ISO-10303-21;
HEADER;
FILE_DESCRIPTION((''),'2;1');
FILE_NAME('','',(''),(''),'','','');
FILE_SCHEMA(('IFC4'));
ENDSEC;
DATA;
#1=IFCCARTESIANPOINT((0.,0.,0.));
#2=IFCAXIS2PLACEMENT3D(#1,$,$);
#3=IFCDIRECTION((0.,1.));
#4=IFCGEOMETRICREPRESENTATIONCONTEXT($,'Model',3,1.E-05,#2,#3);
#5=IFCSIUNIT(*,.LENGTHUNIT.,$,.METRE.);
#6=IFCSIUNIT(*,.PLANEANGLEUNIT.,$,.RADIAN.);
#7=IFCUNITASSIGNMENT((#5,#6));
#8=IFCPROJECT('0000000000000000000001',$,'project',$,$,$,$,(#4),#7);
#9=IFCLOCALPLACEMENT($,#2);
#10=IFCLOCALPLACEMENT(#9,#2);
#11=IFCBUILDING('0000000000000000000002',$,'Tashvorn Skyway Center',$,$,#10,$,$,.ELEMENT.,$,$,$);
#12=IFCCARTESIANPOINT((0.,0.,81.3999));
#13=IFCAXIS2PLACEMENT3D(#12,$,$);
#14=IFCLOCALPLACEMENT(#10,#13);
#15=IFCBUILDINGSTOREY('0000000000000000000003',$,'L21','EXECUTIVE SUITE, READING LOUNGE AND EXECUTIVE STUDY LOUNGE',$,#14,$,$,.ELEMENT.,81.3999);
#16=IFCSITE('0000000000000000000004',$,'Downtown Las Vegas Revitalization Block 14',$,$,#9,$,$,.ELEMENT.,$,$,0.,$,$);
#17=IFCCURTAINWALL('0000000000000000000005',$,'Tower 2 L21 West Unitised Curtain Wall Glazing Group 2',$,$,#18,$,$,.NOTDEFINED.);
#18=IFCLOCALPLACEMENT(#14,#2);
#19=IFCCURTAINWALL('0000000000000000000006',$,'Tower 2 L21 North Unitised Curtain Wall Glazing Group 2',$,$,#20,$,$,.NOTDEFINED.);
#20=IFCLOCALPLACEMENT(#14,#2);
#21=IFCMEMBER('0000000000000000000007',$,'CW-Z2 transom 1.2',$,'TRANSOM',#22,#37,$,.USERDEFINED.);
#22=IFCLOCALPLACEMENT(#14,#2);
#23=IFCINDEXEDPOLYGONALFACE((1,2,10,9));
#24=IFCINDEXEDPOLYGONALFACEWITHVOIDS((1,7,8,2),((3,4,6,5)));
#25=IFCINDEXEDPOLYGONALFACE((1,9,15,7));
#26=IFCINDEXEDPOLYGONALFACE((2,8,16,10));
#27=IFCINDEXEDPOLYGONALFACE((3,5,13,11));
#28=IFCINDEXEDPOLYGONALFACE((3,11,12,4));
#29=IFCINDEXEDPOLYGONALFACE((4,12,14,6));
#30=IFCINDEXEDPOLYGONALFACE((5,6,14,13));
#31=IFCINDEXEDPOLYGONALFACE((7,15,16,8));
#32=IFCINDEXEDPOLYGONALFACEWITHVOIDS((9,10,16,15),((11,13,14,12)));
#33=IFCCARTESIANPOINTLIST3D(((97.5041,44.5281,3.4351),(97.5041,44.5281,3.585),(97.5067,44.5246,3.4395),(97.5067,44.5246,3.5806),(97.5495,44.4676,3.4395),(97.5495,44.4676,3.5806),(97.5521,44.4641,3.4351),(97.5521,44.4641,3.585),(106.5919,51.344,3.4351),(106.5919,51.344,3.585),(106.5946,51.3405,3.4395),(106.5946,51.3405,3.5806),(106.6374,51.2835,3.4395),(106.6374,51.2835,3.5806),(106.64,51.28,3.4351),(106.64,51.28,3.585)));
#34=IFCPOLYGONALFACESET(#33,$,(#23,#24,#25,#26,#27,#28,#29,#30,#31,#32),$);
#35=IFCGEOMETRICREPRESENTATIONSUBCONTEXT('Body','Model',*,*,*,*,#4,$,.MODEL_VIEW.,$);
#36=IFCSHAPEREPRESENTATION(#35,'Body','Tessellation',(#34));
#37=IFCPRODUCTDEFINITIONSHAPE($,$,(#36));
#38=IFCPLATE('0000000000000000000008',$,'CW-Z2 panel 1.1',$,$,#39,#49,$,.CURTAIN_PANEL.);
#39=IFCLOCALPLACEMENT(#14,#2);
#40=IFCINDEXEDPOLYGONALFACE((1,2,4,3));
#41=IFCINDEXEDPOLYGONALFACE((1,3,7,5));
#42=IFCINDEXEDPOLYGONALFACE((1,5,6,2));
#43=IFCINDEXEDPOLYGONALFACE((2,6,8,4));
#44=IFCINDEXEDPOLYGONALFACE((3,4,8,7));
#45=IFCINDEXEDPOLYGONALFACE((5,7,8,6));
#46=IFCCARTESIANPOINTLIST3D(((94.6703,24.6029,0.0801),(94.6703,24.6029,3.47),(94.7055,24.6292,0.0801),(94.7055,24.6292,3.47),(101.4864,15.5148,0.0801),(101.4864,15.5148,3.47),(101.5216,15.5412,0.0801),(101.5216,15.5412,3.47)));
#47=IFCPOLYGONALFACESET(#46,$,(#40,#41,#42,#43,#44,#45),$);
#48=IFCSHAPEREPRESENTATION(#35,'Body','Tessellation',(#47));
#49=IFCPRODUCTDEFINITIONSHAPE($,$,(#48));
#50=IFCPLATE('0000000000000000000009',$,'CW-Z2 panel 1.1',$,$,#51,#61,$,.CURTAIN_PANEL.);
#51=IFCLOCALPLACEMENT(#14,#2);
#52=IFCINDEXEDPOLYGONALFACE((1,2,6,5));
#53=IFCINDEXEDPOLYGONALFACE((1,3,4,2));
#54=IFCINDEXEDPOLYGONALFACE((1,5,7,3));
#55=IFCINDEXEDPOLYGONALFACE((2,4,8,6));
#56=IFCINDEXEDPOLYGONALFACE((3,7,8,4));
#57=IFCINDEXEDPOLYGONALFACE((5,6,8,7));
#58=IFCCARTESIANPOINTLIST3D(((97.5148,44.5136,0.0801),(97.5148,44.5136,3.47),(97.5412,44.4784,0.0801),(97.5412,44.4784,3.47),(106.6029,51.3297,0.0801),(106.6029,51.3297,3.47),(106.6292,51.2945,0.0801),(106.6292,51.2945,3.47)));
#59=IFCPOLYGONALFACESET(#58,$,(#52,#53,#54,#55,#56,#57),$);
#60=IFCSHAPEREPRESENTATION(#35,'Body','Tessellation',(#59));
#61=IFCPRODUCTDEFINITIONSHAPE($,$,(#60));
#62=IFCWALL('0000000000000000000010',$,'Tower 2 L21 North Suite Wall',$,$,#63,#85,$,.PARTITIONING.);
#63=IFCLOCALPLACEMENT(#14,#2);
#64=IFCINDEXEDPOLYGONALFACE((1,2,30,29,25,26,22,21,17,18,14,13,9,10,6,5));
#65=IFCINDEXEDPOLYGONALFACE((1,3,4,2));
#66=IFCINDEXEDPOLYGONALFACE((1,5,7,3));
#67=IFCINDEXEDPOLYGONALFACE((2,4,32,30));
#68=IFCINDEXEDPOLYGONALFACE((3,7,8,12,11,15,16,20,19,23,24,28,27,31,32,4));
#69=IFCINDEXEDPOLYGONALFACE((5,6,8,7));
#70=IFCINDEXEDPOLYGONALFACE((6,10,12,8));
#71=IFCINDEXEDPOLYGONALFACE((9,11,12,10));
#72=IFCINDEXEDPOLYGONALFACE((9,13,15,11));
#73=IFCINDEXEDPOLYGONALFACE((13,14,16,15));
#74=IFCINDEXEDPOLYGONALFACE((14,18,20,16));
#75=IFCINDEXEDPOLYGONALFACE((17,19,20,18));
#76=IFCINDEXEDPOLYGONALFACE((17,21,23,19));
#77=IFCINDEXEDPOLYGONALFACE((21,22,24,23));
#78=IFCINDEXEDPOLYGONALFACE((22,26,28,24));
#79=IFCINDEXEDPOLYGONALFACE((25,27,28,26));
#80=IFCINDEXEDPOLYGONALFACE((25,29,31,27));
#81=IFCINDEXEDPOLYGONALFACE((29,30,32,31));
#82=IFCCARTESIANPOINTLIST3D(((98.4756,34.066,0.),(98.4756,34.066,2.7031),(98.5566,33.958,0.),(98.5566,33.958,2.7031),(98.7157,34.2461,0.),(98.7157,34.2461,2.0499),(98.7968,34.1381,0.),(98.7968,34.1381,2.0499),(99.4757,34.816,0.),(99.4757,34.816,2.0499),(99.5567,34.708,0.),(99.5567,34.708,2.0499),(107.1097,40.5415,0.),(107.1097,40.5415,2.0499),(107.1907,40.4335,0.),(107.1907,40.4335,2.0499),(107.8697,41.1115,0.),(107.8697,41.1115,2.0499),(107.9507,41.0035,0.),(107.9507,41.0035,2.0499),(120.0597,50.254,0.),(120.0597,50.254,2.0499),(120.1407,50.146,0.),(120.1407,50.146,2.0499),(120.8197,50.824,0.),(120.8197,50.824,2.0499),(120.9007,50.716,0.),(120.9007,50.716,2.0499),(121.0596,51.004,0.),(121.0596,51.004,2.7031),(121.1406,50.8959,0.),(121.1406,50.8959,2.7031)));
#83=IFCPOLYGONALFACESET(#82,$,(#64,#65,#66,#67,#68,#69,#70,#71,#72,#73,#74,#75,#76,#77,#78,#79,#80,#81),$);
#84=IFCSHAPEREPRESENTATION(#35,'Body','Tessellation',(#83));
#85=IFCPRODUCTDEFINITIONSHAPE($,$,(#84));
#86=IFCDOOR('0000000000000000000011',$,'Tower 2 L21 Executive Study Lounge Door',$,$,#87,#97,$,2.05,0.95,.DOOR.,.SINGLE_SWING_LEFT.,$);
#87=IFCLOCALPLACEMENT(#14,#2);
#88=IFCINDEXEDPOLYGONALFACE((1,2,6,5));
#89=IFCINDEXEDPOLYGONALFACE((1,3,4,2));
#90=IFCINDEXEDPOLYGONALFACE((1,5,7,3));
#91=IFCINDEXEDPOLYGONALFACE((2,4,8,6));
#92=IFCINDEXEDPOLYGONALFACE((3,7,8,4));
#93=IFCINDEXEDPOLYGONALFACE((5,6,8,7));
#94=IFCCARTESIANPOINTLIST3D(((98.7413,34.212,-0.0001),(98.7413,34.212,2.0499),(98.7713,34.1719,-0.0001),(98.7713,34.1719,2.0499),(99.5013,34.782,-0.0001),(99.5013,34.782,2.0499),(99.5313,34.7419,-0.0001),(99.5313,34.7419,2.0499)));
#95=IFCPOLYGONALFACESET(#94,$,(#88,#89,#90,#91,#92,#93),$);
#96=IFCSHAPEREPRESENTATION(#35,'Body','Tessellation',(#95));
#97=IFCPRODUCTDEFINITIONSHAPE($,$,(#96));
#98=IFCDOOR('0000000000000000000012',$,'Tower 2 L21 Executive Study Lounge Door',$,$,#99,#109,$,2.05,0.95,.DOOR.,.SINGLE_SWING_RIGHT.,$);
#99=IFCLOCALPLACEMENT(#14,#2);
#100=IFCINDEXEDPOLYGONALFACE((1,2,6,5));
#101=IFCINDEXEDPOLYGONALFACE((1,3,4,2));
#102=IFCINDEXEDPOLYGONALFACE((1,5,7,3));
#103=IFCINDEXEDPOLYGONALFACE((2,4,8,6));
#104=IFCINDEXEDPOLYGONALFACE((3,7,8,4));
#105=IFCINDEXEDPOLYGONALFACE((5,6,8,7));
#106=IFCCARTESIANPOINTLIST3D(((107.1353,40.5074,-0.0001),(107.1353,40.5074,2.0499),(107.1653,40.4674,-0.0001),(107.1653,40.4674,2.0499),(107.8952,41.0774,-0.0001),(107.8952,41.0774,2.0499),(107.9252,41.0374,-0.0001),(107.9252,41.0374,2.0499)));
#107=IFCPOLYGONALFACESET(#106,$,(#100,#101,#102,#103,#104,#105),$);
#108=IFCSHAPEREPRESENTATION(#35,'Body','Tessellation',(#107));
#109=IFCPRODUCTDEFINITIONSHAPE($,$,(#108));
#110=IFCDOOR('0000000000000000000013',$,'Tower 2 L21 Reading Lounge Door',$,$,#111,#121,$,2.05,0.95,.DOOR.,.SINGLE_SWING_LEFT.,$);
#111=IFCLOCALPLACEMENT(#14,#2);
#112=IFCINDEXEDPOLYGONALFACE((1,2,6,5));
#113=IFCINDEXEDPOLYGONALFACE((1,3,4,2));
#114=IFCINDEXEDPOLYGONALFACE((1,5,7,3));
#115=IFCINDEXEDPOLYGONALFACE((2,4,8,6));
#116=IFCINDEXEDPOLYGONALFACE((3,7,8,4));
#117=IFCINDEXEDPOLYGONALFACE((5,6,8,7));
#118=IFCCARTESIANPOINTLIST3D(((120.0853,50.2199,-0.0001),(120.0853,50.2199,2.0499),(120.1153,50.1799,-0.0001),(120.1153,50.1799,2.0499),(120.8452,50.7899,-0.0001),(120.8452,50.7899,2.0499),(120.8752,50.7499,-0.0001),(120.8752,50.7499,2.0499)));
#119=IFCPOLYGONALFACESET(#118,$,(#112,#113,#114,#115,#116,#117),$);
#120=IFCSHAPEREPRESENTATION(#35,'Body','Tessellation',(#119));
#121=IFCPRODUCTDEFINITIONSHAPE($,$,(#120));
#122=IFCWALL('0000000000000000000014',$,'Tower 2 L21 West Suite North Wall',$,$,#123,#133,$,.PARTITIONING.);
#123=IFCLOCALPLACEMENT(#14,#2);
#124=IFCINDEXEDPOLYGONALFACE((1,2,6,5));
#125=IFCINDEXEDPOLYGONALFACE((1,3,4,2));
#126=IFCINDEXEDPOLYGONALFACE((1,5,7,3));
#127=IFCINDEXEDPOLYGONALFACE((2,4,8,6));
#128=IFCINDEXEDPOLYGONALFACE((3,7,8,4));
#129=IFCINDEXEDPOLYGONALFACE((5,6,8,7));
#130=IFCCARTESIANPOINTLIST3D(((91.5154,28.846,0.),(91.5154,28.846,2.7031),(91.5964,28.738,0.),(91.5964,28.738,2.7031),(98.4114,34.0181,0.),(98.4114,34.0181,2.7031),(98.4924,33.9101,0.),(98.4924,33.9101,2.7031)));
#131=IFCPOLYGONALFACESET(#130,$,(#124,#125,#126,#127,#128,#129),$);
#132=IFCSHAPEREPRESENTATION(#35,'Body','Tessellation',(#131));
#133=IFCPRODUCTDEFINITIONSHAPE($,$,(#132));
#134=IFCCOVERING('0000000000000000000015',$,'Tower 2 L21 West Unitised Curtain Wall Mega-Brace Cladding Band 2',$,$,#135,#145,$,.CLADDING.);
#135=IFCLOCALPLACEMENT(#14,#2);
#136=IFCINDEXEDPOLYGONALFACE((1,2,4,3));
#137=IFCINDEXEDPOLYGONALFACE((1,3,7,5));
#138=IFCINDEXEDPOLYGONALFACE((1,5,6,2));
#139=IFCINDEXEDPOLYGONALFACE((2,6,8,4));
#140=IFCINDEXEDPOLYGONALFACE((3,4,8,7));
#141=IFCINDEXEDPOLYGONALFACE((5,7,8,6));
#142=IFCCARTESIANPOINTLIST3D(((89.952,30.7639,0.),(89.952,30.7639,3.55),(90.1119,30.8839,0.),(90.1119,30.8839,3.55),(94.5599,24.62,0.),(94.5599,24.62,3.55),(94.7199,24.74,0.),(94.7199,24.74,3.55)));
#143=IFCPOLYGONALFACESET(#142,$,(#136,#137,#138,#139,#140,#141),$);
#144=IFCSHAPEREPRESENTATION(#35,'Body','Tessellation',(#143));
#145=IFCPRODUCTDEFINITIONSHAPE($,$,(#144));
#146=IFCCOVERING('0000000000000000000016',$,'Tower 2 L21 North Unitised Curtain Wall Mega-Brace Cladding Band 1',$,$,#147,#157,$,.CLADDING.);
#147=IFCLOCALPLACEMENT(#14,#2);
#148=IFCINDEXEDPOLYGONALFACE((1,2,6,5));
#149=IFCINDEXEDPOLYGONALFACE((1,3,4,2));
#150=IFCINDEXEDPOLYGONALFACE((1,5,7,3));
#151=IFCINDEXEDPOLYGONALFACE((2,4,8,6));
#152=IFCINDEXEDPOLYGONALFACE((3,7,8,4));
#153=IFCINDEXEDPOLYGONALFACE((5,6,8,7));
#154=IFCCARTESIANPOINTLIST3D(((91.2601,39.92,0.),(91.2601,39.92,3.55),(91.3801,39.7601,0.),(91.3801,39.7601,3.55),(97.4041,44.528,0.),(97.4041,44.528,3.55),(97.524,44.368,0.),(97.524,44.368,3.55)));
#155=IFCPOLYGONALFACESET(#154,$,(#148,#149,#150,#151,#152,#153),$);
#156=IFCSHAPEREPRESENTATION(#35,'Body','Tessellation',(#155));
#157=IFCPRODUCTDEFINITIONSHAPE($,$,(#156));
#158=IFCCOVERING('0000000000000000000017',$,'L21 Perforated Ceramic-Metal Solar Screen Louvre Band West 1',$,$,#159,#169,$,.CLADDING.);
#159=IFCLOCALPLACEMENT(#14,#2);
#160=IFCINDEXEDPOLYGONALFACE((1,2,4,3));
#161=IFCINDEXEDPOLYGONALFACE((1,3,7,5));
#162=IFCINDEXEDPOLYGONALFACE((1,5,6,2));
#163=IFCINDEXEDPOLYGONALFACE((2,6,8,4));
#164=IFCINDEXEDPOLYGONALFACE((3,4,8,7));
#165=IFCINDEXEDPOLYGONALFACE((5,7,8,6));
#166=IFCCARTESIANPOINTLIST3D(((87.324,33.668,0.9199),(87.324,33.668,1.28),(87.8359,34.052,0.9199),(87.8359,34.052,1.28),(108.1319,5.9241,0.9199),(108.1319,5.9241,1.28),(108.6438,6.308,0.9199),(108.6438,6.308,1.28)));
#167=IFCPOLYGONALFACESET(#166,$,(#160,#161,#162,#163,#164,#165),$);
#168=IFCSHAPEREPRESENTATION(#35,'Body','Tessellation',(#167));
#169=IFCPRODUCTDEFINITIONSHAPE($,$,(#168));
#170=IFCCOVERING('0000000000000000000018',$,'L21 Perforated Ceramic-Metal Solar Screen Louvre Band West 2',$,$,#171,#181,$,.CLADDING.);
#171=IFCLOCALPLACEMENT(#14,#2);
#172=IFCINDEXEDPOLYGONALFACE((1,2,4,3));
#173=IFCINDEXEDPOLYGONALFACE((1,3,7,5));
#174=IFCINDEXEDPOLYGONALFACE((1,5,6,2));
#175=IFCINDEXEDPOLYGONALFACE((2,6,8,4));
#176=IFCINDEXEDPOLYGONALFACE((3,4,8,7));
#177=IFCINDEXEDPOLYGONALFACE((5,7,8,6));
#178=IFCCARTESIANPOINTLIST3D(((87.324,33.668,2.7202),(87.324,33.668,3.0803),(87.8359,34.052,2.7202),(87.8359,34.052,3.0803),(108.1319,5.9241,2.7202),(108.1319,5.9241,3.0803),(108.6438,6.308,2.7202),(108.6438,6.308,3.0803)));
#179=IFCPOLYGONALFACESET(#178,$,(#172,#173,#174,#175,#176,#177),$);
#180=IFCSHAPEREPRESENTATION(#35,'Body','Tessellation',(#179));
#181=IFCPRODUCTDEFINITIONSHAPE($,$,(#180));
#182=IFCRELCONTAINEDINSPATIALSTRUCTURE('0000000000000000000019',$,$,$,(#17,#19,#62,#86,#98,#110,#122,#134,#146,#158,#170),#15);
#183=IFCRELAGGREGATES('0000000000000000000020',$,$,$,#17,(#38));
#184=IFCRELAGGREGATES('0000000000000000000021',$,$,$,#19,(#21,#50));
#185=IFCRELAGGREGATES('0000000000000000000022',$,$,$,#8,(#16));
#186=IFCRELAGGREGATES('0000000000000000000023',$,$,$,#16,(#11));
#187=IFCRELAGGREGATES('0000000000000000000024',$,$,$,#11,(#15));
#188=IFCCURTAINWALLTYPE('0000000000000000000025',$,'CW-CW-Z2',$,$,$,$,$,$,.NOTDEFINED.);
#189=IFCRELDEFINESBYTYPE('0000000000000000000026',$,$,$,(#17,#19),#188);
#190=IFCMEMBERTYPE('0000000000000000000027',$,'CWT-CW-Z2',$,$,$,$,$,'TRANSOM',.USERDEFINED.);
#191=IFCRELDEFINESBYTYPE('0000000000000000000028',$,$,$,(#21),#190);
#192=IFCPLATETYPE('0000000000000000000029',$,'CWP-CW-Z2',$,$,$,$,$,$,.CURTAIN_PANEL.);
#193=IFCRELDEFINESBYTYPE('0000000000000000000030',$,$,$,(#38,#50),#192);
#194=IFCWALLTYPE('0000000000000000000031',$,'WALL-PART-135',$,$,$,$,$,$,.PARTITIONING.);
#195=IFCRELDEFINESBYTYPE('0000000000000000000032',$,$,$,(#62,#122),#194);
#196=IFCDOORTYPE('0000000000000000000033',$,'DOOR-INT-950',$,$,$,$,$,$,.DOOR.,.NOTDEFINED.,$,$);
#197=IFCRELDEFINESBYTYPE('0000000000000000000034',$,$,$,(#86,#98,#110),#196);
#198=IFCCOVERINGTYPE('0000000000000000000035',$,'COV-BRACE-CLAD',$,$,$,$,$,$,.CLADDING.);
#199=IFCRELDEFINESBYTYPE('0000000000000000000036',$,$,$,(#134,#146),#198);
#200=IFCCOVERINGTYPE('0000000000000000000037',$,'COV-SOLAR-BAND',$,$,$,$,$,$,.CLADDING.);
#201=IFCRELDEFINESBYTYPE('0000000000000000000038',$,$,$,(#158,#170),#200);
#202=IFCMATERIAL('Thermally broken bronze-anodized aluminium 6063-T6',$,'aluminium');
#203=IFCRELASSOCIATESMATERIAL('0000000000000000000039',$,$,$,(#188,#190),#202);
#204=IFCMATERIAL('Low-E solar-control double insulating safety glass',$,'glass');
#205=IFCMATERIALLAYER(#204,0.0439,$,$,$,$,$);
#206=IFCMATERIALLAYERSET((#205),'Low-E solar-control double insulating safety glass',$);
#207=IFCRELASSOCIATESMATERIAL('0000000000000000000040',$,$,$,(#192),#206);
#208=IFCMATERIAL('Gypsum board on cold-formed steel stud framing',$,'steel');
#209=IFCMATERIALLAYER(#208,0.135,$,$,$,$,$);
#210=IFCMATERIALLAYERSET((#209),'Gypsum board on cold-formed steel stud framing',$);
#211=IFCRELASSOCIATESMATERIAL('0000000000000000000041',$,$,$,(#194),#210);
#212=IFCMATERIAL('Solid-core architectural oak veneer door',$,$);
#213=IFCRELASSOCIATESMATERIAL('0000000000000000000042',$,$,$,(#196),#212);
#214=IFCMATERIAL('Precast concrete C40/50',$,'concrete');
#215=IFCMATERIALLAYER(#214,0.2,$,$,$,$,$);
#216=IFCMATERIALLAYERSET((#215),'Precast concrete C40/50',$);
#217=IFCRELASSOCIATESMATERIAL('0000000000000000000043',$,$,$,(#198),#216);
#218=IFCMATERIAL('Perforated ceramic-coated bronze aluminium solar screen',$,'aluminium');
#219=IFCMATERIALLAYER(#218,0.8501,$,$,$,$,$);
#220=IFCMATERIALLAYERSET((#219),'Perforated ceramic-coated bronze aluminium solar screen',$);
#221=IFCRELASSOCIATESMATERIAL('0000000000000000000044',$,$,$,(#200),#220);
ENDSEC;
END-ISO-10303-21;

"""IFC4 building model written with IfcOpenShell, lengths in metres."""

from ifc_helpers import new_model, si_unit, direction, frame, frame_2d, origin, origin_2d, place, context, subcontext, project, spatial, rectangle, hollow_rectangle, extrude, material, layer, layer_set, material_profile, profile_set, type_object, element, fill, aggregate, save


model = new_model("IFC4")

# Units and contexts
model_context = context("Model", 3, precision=1e-05, world=origin(), true_north=direction((0.0, 1.0)))
body_context = subcontext(model_context, "Body", "Model", "MODEL_VIEW")
ifc_project = project(units=[si_unit("LENGTHUNIT", "METRE"), si_unit("PLANEANGLEUNIT", "RADIAN")], contexts=[model_context])

# Site, building, storey
site_placement = place(None, origin())
site = spatial("IfcSite", under=ifc_project, at=site_placement, Name="Downtown Las Vegas Revitalization Block 14", CompositionType="ELEMENT", RefElevation=0.0)
building_placement = place(site_placement, origin())
building = spatial("IfcBuilding", under=site, at=building_placement, Name="Tashvorn Skyway Center", CompositionType="ELEMENT")
storey_placement = place(building_placement, frame((0.0, 0.0, 81.3999)))
storey = spatial("IfcBuildingStorey", under=building, at=storey_placement, Name="L21", Description="EXECUTIVE SUITE, READING LOUNGE AND EXECUTIVE STUDY LOUNGE", CompositionType="ELEMENT", Elevation=81.3999)

# Curtain wall
ifc_material_1 = material(Name="Thermally broken bronze-anodized aluminium 6063-T6", Category="aluminium")
curtain_wall_type = type_object("IfcCurtainWallType", Name="CW-CW-Z2", PredefinedType="NOTDEFINED", material=ifc_material_1)
curtain_wall_1_placement = place(storey_placement, origin())
curtain_wall_1 = element("IfcCurtainWall", 1, at=curtain_wall_1_placement, inside=storey, type_object=curtain_wall_type, Name="Tower 2 L21 West Unitised Curtain Wall Glazing Group 2", PredefinedType="NOTDEFINED")

# Curtain wall
curtain_wall_2_placement = place(storey_placement, origin())
curtain_wall_2 = element("IfcCurtainWall", 2, at=curtain_wall_2_placement, inside=storey, type_object=curtain_wall_type, Name="Tower 2 L21 North Unitised Curtain Wall Glazing Group 2", PredefinedType="NOTDEFINED")

# Member
ifc_material_profile_1 = material_profile(ifc_material_1, hollow_rectangle(XDim=0.0801, YDim=0.1499, WallThickness=0.0044, at=origin_2d()), Name="ALU-TRAN-80x150")
ifc_profile_set_1 = profile_set([ifc_material_profile_1], Name="Thermally broken bronze-anodized aluminium 6063-T6")
member_type_1 = type_object("IfcMemberType", Name="CWT-CW-Z2", ElementType="TRANSOM", PredefinedType="USERDEFINED", material=ifc_profile_set_1)
member_1_placement = place(storey_placement, frame((97.5281, 44.4961, 3.51), z_axis=(0.8, 0.6, 0.0), x_axis=(-0.6, 0.8, 0.0)))
member_1 = element("IfcMember", 3, at=member_1_placement, type_object=member_type_1, Name="CW-Z2 transom 1.2", ObjectType="TRANSOM", PredefinedType="USERDEFINED", context=body_context, shape_type="SweptSolid", body=[
    extrude(hollow_rectangle(XDim=0.0801, YDim=0.1499, WallThickness=0.0044, at=origin_2d()), origin(), (0.0, 0.0, 1.0), 11.3599),
])

# Plates
ifc_material_2 = material(Name="Low-E solar-control double insulating safety glass", Category="glass")
ifc_layer_1 = layer(ifc_material_2, 0.0439)
ifc_layer_set_1 = layer_set([ifc_layer_1], Name="Low-E solar-control double insulating safety glass")
plate_type = type_object("IfcPlateType", Name="CWP-CW-Z2", PredefinedType="CURTAIN_PANEL", material=ifc_layer_set_1)
plate_1_placement = place(storey_placement, frame((98.0959, 20.072, 0.0801), z_axis=(0.0, 0.0, 1.0), x_axis=(-0.6, 0.8, 0.0)))
plate_1 = element("IfcPlate", 4, at=plate_1_placement, type_object=plate_type, Name="CW-Z2 panel 1.1", PredefinedType="CURTAIN_PANEL", context=body_context, shape_type="SweptSolid", body=[
    extrude(rectangle(XDim=11.3601, YDim=0.0439, at=origin_2d()), origin(), (0.0, 0.0, 1.0), 3.3899),
])
aggregate(curtain_wall_1, [plate_1])
plate_2_placement = place(storey_placement, frame((102.072, 47.9041, 0.0801), z_axis=(0.0, 0.0, 1.0), x_axis=(0.8, 0.6, 0.0)))
plate_2 = element("IfcPlate", 5, at=plate_2_placement, type_object=plate_type, Name="CW-Z2 panel 1.1", PredefinedType="CURTAIN_PANEL", context=body_context, shape_type="SweptSolid", body=[
    extrude(rectangle(XDim=11.3601, YDim=0.0439, at=origin_2d()), origin(), (0.0, 0.0, 1.0), 3.3899),
])
aggregate(curtain_wall_2, [member_1, plate_2])

# Wall, openings, doors
ifc_material_3 = material(Name="Gypsum board on cold-formed steel stud framing", Category="steel")
ifc_layer_2 = layer(ifc_material_3, 0.135)
ifc_layer_set_2 = layer_set([ifc_layer_2], Name="Gypsum board on cold-formed steel stud framing")
wall_type = type_object("IfcWallType", Name="WALL-PART-135", PredefinedType="PARTITIONING", material=ifc_layer_set_2)
wall_1_placement = place(storey_placement, frame((98.5161, 34.012, 0.0), z_axis=(0.0, 0.0, 1.0), x_axis=(0.8, 0.6, 0.0)))
wall_1 = element("IfcWall", 6, at=wall_1_placement, inside=storey, type_object=wall_type, Name="Tower 2 L21 North Suite Wall", PredefinedType="PARTITIONING", context=body_context, shape_type="SweptSolid", body=[
    extrude(rectangle(XDim=28.23, YDim=0.135, at=frame_2d((14.115, 0.0))), origin(), (0.0, 0.0, 1.0), 2.7031),
])
opening_1_placement = place(wall_1_placement, frame((0.3, 0.0, 0.0)))
opening_1 = element("IfcOpeningElement", 7, at=opening_1_placement, cuts=wall_1, PredefinedType="OPENING", context=body_context, shape_type="SweptSolid", body=[
    extrude(rectangle(XDim=0.95, YDim=2.05, at=frame_2d((0.4751, 1.0249))), frame((0.0, 0.0774, 0.0), z_axis=(0.0, -1.0, 0.0), x_axis=(1.0, 0.0, 0.0)), (0.0, 0.0, 1.0), 0.155),
])
opening_2_placement = place(wall_1_placement, frame((10.7925, 0.0, 0.0)))
opening_2 = element("IfcOpeningElement", 8, at=opening_2_placement, cuts=wall_1, PredefinedType="OPENING", context=body_context, shape_type="SweptSolid", body=[
    extrude(rectangle(XDim=0.95, YDim=2.05, at=frame_2d((0.4751, 1.0249))), frame((0.0, 0.0774, 0.0), z_axis=(0.0, -1.0, 0.0), x_axis=(1.0, 0.0, 0.0)), (0.0, 0.0, 1.0), 0.155),
])
opening_3_placement = place(wall_1_placement, frame((26.98, 0.0, 0.0)))
opening_3 = element("IfcOpeningElement", 9, at=opening_3_placement, cuts=wall_1, PredefinedType="OPENING", context=body_context, shape_type="SweptSolid", body=[
    extrude(rectangle(XDim=0.95, YDim=2.05, at=frame_2d((0.4751, 1.0249))), frame((0.0, 0.0774, 0.0), z_axis=(0.0, -1.0, 0.0), x_axis=(1.0, 0.0, 0.0)), (0.0, 0.0, 1.0), 0.155),
])
ifc_material_4 = material(Name="Solid-core architectural oak veneer door")
door_type = type_object("IfcDoorType", Name="DOOR-INT-950", OperationType="NOTDEFINED", PredefinedType="DOOR", material=ifc_material_4)
door_1_placement = place(opening_1_placement, origin())
door_1 = element("IfcDoor", 10, at=door_1_placement, inside=storey, type_object=door_type, Name="Tower 2 L21 Executive Study Lounge Door", OperationType="SINGLE_SWING_LEFT", OverallHeight=2.05, OverallWidth=0.95, PredefinedType="DOOR", context=body_context, shape_type="SweptSolid", body=[
    extrude(rectangle(XDim=0.95, YDim=2.05, at=frame_2d((0.4751, 1.0249))), frame((0.0, 0.0249, 0.0), z_axis=(0.0, -1.0, 0.0), x_axis=(1.0, 0.0, 0.0)), (0.0, 0.0, 1.0), 0.05),
])
fill(opening_1, door_1)
door_2_placement = place(opening_2_placement, origin())
door_2 = element("IfcDoor", 11, at=door_2_placement, inside=storey, type_object=door_type, Name="Tower 2 L21 Executive Study Lounge Door", OperationType="SINGLE_SWING_RIGHT", OverallHeight=2.05, OverallWidth=0.95, PredefinedType="DOOR", context=body_context, shape_type="SweptSolid", body=[
    extrude(rectangle(XDim=0.95, YDim=2.05, at=frame_2d((0.4751, 1.0249))), frame((0.0, 0.0249, 0.0), z_axis=(0.0, -1.0, 0.0), x_axis=(1.0, 0.0, 0.0)), (0.0, 0.0, 1.0), 0.05),
])
fill(opening_2, door_2)
door_3_placement = place(opening_3_placement, origin())
door_3 = element("IfcDoor", 12, at=door_3_placement, inside=storey, type_object=door_type, Name="Tower 2 L21 Reading Lounge Door", OperationType="SINGLE_SWING_LEFT", OverallHeight=2.05, OverallWidth=0.95, PredefinedType="DOOR", context=body_context, shape_type="SweptSolid", body=[
    extrude(rectangle(XDim=0.95, YDim=2.05, at=frame_2d((0.4751, 1.0249))), frame((0.0, 0.0249, 0.0), z_axis=(0.0, -1.0, 0.0), x_axis=(1.0, 0.0, 0.0)), (0.0, 0.0, 1.0), 0.05),
])
fill(opening_3, door_3)

# Wall
wall_2_placement = place(storey_placement, frame((98.4519, 33.9641, 0.0), z_axis=(0.0, 0.0, 1.0), x_axis=(-0.799993, -0.600009, 0.0)))
element("IfcWall", 13, at=wall_2_placement, inside=storey, type_object=wall_type, Name="Tower 2 L21 West Suite North Wall", PredefinedType="PARTITIONING", context=body_context, shape_type="SweptSolid", body=[
    extrude(rectangle(XDim=8.6201, YDim=0.135, at=frame_2d((4.3101, 0.0))), origin(), (0.0, 0.0, 1.0), 2.7031),
])

# Coverings
ifc_material_5 = material(Name="Precast concrete C40/50", Category="concrete")
ifc_layer_3 = layer(ifc_material_5, 0.2)
ifc_layer_set_3 = layer_set([ifc_layer_3], Name="Precast concrete C40/50")
covering_type_1 = type_object("IfcCoveringType", Name="COV-BRACE-CLAD", PredefinedType="CLADDING", material=ifc_layer_set_3)
for number, where, z_axis, x_axis, name in (
    (14, (92.3359, 27.752, 0.0), (0.0, 0.0, 1.0), (-0.6, 0.8, 0.0), "Tower 2 L21 West Unitised Curtain Wall Mega-Brace Cladding Band 2"),
    (15, (94.3921, 42.144, 0.0), (0.0, 0.0, 1.0), (0.8, 0.6, 0.0), "Tower 2 L21 North Unitised Curtain Wall Mega-Brace Cladding Band 1"),
):
    element("IfcCovering", number, at=place(storey_placement, frame(where, z_axis=z_axis, x_axis=x_axis)), inside=storey, type_object=covering_type_1, Name=name, PredefinedType="CLADDING", context=body_context, shape_type="SweptSolid", body=[
        extrude(rectangle(XDim=7.6799, YDim=0.2, at=origin_2d()), origin(), (0.0, 0.0, 1.0), 3.55),
    ])
ifc_material_6 = material(Name="Perforated ceramic-coated bronze aluminium solar screen", Category="aluminium")
ifc_layer_4 = layer(ifc_material_6, 0.8501)
ifc_layer_set_4 = layer_set([ifc_layer_4], Name="Perforated ceramic-coated bronze aluminium solar screen")
covering_type_2 = type_object("IfcCoveringType", Name="COV-SOLAR-BAND", PredefinedType="CLADDING", material=ifc_layer_set_4)
for number, where, z_axis, x_axis, name in (
    (16, (97.9839, 19.988, 0.9199), (0.0, 0.0, 1.0), (-0.6, 0.8, 0.0), "L21 Perforated Ceramic-Metal Solar Screen Louvre Band West 1"),
    (17, (97.9839, 19.988, 2.7202), (0.0, 0.0, 1.0), (-0.6, 0.8, 0.0), "L21 Perforated Ceramic-Metal Solar Screen Louvre Band West 2"),
):
    element("IfcCovering", number, at=place(storey_placement, frame(where, z_axis=z_axis, x_axis=x_axis)), inside=storey, type_object=covering_type_2, Name=name, PredefinedType="CLADDING", context=body_context, shape_type="SweptSolid", body=[
        extrude(rectangle(XDim=34.6799, YDim=0.6399, at=origin_2d()), origin(), (0.0, 0.0, 1.0), 0.3601),
    ])

save(model, "model.ifc")
